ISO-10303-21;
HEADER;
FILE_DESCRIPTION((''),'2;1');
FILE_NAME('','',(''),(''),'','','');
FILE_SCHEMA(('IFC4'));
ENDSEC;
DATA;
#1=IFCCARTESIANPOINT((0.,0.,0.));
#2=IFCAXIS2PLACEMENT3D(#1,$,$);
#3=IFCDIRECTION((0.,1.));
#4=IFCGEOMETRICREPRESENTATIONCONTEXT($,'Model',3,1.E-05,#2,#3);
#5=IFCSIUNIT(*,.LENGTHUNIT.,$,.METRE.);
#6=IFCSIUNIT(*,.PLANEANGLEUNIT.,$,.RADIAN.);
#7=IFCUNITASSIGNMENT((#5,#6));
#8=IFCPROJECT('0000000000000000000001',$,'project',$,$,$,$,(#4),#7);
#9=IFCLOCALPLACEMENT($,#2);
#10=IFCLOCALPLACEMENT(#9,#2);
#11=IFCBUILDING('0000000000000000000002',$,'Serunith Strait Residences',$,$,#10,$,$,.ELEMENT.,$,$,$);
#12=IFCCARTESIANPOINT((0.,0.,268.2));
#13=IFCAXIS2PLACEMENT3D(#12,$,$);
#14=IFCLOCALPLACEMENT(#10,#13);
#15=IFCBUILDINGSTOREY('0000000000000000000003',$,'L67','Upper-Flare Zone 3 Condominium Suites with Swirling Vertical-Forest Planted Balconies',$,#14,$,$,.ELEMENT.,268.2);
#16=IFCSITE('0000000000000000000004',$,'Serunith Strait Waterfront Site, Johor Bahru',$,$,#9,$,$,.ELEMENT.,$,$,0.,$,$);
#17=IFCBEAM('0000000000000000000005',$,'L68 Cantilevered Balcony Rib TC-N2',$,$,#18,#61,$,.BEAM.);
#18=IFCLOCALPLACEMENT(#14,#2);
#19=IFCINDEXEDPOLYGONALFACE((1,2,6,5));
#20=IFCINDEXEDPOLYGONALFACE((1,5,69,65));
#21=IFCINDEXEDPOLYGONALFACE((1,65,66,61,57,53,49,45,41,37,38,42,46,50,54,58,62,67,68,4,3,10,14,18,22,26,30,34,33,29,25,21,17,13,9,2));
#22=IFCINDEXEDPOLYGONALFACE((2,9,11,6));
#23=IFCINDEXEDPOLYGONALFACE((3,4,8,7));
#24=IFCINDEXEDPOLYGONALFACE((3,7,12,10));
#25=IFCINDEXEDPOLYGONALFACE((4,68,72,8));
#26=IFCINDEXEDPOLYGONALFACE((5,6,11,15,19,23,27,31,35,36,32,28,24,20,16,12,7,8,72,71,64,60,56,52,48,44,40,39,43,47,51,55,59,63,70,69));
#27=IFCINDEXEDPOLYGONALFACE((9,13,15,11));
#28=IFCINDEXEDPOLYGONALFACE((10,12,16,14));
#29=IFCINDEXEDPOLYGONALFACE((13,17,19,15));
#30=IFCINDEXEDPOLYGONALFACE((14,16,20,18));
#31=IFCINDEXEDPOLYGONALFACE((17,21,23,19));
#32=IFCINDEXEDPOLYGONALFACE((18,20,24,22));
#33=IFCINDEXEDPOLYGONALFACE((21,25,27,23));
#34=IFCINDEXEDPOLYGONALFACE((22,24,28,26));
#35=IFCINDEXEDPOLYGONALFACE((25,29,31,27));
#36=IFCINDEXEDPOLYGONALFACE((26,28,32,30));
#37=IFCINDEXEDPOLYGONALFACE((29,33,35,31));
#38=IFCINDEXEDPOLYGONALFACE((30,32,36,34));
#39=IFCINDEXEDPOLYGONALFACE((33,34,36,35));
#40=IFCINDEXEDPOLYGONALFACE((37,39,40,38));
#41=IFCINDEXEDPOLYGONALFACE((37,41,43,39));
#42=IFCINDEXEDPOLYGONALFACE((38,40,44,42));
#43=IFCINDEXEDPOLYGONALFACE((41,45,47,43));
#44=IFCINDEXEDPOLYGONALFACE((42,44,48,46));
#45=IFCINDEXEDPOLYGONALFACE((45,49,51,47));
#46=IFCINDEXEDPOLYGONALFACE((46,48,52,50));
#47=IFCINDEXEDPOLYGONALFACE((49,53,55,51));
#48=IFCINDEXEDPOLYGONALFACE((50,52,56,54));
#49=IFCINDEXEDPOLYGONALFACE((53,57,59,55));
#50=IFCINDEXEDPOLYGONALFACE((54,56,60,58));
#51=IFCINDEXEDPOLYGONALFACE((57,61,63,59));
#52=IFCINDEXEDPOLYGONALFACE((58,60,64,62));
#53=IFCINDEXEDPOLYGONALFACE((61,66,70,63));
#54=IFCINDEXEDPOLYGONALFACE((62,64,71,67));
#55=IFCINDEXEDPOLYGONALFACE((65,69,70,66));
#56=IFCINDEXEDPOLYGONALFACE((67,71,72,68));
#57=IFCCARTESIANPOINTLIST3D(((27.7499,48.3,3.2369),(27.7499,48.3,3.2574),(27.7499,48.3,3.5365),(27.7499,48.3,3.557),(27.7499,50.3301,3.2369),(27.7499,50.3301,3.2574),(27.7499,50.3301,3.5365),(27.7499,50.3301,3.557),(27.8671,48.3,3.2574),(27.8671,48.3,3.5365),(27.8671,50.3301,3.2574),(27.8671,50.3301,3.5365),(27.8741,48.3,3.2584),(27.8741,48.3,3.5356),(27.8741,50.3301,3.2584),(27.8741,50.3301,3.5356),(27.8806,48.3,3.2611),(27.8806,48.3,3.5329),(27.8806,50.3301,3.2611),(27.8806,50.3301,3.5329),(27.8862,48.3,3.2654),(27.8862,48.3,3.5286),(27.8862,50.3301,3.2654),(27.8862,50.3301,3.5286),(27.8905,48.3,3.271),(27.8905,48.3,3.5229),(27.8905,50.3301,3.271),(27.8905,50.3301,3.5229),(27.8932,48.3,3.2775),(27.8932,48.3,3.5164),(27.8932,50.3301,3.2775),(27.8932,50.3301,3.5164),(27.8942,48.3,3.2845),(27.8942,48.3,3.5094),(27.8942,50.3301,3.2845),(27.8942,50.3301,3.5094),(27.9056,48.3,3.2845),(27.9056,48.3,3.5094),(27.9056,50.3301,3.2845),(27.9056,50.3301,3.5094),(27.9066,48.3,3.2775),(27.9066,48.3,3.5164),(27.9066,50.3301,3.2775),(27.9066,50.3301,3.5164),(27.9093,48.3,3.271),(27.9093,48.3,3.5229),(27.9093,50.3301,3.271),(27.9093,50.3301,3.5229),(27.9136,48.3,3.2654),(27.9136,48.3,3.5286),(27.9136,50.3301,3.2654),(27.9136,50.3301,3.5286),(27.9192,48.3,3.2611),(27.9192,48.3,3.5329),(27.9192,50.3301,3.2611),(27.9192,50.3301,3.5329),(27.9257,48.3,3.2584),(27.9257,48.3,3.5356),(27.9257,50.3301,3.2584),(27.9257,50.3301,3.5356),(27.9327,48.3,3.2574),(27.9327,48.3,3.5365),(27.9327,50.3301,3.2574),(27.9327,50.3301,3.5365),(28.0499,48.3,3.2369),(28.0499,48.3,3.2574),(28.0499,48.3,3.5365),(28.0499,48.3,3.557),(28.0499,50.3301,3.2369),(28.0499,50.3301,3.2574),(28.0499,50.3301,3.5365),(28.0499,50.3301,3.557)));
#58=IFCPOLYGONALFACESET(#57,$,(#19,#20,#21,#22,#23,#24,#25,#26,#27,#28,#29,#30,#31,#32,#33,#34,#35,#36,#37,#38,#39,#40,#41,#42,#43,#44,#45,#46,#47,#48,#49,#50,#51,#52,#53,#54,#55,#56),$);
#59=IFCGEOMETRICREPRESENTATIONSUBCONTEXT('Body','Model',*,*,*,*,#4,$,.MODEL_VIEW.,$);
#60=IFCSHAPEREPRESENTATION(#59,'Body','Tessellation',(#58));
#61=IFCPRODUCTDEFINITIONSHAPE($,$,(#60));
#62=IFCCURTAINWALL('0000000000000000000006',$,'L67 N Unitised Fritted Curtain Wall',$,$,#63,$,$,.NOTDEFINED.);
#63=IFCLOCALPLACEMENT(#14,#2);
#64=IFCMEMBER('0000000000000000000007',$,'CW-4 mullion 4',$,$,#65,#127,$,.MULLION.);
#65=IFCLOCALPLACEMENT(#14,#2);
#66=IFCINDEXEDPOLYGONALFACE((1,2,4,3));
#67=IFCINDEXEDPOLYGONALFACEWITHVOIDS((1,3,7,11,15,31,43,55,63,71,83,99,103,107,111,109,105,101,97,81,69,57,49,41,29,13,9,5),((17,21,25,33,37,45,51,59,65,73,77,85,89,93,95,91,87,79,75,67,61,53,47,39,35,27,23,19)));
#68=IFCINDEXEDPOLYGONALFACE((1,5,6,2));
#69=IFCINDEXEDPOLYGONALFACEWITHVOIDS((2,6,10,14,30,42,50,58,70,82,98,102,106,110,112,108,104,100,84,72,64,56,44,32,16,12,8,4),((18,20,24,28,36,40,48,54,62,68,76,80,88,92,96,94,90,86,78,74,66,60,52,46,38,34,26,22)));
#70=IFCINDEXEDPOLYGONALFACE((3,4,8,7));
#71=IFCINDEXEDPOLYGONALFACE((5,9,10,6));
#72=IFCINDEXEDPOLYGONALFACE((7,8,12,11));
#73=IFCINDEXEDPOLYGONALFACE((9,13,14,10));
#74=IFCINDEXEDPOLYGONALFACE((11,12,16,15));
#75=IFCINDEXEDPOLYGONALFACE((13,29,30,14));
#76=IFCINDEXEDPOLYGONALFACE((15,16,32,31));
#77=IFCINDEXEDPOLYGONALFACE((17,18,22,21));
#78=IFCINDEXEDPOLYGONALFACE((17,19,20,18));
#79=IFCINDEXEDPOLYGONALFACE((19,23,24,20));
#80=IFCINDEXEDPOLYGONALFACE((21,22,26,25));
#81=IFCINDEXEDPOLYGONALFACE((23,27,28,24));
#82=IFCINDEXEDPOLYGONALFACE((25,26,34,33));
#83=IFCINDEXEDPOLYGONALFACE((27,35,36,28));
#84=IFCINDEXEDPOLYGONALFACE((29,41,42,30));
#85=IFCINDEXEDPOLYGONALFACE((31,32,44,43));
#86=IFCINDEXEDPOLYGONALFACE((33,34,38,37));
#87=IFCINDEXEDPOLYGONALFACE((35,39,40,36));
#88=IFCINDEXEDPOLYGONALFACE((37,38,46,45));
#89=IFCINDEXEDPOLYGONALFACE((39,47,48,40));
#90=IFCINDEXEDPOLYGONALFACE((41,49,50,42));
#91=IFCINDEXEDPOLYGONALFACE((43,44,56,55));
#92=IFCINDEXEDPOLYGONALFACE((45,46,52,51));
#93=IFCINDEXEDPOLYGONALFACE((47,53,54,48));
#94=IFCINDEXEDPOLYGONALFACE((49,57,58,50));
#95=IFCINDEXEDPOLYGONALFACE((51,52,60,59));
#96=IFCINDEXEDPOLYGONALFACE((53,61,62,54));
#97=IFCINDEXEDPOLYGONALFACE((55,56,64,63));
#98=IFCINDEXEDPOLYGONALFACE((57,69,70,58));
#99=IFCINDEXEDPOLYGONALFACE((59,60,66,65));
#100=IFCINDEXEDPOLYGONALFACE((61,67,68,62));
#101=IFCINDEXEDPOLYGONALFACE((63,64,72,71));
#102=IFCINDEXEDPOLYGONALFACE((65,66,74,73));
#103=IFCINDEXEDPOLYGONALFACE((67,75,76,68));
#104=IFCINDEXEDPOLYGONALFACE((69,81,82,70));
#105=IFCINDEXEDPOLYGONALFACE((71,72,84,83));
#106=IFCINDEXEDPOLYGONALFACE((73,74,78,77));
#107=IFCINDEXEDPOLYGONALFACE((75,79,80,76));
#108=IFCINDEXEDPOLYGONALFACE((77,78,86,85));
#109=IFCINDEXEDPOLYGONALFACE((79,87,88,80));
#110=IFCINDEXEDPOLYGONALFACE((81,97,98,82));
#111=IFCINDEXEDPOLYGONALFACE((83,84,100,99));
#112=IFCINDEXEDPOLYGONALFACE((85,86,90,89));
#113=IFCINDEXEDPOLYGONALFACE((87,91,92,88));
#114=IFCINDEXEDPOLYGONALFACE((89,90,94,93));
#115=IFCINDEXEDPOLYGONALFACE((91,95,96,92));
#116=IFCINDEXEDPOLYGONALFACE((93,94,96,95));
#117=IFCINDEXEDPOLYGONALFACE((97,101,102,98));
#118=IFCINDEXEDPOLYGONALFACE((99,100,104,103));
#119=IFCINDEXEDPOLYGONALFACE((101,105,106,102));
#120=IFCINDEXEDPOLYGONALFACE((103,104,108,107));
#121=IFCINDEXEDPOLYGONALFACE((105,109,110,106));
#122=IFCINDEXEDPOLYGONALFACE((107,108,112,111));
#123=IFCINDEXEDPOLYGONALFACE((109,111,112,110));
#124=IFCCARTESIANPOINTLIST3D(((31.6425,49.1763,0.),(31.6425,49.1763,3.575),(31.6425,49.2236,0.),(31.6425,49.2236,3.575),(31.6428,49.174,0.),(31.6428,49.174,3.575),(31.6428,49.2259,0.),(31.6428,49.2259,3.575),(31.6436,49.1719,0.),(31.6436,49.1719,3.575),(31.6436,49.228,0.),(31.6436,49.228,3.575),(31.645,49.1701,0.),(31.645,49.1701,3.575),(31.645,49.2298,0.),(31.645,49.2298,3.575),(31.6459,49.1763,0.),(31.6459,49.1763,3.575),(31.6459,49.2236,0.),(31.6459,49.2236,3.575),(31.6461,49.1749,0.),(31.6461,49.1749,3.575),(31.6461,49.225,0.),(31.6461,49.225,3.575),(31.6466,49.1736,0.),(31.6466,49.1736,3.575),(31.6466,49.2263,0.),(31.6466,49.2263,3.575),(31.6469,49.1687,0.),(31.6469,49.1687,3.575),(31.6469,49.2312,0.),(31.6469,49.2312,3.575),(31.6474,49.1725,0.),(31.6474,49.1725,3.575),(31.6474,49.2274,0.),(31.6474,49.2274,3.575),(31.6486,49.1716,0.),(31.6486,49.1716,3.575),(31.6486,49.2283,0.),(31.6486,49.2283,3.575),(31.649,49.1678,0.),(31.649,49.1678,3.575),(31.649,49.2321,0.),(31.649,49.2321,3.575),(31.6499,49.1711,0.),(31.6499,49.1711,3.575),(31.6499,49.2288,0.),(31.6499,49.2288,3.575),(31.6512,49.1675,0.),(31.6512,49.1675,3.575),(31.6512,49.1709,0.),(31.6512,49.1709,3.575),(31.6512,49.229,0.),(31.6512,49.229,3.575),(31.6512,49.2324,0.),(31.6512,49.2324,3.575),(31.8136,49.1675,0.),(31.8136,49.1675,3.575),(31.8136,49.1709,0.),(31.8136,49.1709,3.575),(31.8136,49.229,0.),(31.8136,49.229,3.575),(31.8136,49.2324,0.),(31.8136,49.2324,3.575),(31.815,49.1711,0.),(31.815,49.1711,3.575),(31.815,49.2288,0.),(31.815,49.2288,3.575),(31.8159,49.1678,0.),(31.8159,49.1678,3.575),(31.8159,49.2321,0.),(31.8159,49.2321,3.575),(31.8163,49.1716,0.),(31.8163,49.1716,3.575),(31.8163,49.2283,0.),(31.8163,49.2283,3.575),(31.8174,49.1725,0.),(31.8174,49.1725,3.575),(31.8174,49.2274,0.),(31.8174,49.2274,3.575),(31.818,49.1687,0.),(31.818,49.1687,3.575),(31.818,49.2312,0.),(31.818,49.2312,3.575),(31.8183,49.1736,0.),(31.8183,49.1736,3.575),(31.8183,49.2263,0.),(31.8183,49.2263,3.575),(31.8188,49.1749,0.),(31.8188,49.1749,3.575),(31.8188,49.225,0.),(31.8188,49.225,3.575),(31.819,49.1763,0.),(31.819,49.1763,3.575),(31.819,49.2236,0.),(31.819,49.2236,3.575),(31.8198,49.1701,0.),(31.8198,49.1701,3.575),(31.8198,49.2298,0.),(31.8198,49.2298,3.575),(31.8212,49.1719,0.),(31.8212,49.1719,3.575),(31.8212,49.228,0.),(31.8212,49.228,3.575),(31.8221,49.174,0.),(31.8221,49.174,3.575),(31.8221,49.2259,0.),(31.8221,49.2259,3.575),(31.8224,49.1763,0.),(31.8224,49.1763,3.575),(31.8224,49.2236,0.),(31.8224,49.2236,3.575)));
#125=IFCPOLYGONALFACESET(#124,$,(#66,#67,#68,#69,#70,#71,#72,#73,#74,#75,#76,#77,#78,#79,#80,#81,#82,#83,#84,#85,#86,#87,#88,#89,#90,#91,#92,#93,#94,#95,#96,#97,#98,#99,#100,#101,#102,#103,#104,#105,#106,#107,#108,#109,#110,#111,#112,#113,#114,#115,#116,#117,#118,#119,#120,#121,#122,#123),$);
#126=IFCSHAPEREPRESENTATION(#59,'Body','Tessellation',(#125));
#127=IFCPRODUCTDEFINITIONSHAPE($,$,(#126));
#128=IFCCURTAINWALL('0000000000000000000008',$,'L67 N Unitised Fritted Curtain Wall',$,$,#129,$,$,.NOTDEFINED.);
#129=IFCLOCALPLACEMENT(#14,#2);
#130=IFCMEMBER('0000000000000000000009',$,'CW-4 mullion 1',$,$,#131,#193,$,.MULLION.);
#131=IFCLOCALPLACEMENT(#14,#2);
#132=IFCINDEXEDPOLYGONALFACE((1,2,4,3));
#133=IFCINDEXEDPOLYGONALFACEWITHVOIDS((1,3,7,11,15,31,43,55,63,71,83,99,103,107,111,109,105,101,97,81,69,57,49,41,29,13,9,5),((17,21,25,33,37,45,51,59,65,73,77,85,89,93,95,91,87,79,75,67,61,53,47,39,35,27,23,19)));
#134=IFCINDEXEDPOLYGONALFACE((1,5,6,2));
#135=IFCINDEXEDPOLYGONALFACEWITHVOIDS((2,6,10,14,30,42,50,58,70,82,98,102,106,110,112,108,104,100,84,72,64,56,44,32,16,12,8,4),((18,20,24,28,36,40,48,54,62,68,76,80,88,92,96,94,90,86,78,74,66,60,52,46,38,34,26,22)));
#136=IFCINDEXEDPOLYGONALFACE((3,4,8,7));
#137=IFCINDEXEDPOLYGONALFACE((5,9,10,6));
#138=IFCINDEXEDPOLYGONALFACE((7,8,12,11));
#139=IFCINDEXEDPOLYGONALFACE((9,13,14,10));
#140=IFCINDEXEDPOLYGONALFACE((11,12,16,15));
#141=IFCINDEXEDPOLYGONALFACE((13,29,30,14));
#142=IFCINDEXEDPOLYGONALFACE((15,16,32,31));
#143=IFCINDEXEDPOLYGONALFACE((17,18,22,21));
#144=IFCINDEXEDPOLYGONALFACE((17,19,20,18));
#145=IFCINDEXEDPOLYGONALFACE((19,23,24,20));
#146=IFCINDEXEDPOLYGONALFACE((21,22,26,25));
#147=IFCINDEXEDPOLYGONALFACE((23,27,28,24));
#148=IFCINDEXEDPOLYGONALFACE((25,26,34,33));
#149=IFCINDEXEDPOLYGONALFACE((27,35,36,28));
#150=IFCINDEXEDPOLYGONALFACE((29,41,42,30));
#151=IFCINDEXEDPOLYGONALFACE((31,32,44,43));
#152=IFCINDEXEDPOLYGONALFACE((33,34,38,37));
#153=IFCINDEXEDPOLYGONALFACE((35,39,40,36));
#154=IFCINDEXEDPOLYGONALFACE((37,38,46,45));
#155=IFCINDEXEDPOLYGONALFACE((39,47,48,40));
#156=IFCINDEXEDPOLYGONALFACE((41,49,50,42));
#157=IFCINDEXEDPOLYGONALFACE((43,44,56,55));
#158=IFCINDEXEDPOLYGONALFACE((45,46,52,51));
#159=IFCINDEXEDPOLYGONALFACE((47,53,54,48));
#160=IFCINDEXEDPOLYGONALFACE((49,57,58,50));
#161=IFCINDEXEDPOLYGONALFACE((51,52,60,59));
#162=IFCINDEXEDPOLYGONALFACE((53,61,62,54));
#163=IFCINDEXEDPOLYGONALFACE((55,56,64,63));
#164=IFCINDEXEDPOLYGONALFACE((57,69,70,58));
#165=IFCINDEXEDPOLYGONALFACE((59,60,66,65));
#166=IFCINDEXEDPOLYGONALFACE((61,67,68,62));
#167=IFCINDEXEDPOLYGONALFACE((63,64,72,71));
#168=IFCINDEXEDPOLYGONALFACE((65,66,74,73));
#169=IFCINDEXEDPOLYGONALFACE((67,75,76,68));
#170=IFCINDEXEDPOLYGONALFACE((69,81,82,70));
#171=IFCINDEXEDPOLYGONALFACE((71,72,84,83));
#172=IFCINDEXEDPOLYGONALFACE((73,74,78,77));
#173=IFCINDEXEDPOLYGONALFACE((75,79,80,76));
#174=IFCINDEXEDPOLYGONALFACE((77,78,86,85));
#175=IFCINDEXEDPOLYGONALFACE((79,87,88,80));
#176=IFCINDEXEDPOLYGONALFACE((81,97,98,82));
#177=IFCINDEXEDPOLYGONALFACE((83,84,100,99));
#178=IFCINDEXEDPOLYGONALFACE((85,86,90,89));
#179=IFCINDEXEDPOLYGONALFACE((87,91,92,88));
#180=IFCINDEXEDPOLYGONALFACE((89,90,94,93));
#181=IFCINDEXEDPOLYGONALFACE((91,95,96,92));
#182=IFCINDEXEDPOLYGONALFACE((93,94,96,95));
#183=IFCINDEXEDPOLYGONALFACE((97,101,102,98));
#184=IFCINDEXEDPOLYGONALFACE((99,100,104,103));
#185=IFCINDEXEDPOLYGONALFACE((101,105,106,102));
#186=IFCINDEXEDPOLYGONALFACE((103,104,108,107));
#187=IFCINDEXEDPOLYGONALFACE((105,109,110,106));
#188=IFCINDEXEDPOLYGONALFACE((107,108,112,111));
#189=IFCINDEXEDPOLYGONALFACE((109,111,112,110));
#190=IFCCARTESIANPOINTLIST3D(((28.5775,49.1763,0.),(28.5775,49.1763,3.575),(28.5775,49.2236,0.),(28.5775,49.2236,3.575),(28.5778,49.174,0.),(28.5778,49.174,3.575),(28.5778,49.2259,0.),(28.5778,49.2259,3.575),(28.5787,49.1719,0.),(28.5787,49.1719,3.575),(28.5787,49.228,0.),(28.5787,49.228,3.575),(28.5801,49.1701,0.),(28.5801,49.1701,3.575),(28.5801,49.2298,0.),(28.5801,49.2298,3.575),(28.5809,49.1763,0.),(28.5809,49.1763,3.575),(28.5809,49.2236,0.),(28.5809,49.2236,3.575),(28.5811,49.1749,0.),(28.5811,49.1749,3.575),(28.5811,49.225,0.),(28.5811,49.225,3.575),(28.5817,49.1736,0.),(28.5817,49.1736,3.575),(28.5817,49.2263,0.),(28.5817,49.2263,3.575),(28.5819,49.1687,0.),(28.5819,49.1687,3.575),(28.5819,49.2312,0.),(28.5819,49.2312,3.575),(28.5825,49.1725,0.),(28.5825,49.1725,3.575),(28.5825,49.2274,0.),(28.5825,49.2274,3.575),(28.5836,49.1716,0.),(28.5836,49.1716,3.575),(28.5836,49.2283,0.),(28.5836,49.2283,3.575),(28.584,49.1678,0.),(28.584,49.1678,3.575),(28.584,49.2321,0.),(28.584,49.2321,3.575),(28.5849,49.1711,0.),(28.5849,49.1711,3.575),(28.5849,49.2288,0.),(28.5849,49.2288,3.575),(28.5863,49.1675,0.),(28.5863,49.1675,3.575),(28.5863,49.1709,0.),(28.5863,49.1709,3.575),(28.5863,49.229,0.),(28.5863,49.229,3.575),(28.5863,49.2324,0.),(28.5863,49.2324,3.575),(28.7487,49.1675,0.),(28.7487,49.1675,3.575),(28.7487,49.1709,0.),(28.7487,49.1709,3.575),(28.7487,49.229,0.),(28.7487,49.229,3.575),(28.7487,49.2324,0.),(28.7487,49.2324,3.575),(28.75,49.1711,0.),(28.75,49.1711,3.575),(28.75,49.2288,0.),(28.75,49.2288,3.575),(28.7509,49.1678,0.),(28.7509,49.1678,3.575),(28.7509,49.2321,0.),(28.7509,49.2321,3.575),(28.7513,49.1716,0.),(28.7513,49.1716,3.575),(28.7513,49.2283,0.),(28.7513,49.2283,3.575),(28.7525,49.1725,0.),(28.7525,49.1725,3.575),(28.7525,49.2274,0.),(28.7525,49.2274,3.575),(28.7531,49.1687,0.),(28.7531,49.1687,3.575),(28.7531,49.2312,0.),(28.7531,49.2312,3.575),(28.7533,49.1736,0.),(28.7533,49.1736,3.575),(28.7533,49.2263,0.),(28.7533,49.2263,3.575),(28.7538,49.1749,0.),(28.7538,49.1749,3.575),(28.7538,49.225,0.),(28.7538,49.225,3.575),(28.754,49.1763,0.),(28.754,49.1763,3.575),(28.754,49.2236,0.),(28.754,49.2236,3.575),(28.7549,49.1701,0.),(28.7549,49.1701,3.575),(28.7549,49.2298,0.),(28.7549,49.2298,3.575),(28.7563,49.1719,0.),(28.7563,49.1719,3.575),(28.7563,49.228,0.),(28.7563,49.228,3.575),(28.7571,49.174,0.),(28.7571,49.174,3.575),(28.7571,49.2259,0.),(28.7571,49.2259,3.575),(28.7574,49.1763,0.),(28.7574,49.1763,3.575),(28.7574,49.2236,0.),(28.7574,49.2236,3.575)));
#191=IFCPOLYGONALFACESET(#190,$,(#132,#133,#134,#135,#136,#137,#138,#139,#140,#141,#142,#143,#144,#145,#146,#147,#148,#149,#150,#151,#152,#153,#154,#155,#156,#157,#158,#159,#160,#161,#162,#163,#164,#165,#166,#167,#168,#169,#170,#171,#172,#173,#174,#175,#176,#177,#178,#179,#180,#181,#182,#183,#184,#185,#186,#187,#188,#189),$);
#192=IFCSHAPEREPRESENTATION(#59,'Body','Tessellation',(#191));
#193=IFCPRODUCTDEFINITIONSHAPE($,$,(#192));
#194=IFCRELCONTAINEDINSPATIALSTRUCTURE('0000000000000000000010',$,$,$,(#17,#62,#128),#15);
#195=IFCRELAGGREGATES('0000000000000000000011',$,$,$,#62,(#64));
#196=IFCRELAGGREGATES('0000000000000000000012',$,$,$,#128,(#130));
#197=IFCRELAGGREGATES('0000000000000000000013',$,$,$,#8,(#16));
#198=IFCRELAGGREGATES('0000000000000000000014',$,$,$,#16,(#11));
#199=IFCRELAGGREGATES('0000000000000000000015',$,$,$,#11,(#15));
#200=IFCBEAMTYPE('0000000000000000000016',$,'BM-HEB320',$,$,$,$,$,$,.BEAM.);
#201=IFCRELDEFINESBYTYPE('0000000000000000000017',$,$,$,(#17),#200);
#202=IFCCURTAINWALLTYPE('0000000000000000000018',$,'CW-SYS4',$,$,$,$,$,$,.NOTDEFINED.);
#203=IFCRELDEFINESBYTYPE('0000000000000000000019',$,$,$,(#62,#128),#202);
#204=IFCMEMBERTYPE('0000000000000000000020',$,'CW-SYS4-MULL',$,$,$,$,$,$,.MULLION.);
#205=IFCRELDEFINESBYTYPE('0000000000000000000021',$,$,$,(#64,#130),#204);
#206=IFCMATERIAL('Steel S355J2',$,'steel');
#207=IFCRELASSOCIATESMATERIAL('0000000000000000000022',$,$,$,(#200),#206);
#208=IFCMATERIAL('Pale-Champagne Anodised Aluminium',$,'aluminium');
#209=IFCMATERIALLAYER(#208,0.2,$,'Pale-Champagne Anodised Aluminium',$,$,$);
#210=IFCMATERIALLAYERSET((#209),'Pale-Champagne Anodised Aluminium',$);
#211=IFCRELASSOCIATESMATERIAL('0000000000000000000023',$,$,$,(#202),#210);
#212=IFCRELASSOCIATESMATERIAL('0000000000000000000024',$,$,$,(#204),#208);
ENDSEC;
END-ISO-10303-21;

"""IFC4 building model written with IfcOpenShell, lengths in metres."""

from ifc_helpers import new_model, si_unit, direction, frame, origin, origin_2d, place, context, subcontext, project, spatial, hollow_rectangle, i_section, extrude, source, transform, mapped, material, layer, layer_set, material_profile, profile_set, type_object, element, aggregate, save


model = new_model("IFC4")

# Units and contexts
model_context = context("Model", 3, precision=1e-05, world=origin(), true_north=direction((0.0, 1.0)))
body_context = subcontext(model_context, "Body", "Model", "MODEL_VIEW")
ifc_project = project(units=[si_unit("LENGTHUNIT", "METRE"), si_unit("PLANEANGLEUNIT", "RADIAN")], contexts=[model_context])

# Site, building, storey
site_placement = place(None, origin())
site = spatial("IfcSite", under=ifc_project, at=site_placement, Name="Serunith Strait Waterfront Site, Johor Bahru", CompositionType="ELEMENT", RefElevation=0.0)
building_placement = place(site_placement, origin())
building = spatial("IfcBuilding", under=site, at=building_placement, Name="Serunith Strait Residences", CompositionType="ELEMENT")
storey_placement = place(building_placement, frame((0.0, 0.0, 268.2)))
storey = spatial("IfcBuildingStorey", under=building, at=storey_placement, Name="L67", Description="Upper-Flare Zone 3 Condominium Suites with Swirling Vertical-Forest Planted Balconies", CompositionType="ELEMENT", Elevation=268.2)

# Beam
ifc_material_1 = material(Name="Steel S355J2", Category="steel")
ifc_material_profile_1 = material_profile(ifc_material_1, i_section(OverallWidth=0.3, OverallDepth=0.3201, WebThickness=0.0115, FlangeThickness=0.0205, FilletRadius=0.0271, at=origin_2d()), Name="HEB 320")
ifc_profile_set_1 = profile_set([ifc_material_profile_1], Name="Steel S355J2")
beam_type_1 = type_object("IfcBeamType", Name="BM-HEB320", PredefinedType="BEAM", material=ifc_profile_set_1)
shared_shape_1 = source(origin(), body_context, "Body", "SweptSolid", [
    extrude(i_section(OverallWidth=0.3, OverallDepth=0.3201, WebThickness=0.0115, FlangeThickness=0.0205, FilletRadius=0.0271, at=origin_2d()), origin(), (0.0, 0.0, 1.0), 2.03),
])
beam_1_placement = place(storey_placement, frame((27.8999, 48.3, 3.397), z_axis=(0.0, 1.0, 0.0), x_axis=(-1.0, 0.0, 0.0)))
element("IfcBeam", 1, at=beam_1_placement, inside=storey, type_object=beam_type_1, Name="L68 Cantilevered Balcony Rib TC-N2", PredefinedType="BEAM", context=body_context, shape_type="MappedRepresentation", body=[
    mapped(shared_shape_1, transform((0.0, 0.0, 0.0), scale=1.0)),
])

# Curtain wall, member
ifc_material_2 = material(Name="Pale-Champagne Anodised Aluminium", Category="aluminium")
ifc_layer_1 = layer(ifc_material_2, 0.2, Name="Pale-Champagne Anodised Aluminium")
ifc_layer_set_1 = layer_set([ifc_layer_1], Name="Pale-Champagne Anodised Aluminium")
curtain_wall_type = type_object("IfcCurtainWallType", Name="CW-SYS4", PredefinedType="NOTDEFINED", material=ifc_layer_set_1)
curtain_wall_1_placement = place(storey_placement, origin())
curtain_wall_1 = element("IfcCurtainWall", 2, at=curtain_wall_1_placement, inside=storey, type_object=curtain_wall_type, Name="L67 N Unitised Fritted Curtain Wall", PredefinedType="NOTDEFINED")
ifc_material_profile_2 = material_profile(ifc_material_2, hollow_rectangle(XDim=0.0649, YDim=0.1799, WallThickness=0.0034, InnerFilletRadius=0.0054, OuterFilletRadius=0.0088, at=origin_2d()), Name="ALU 180x65x3.5")
ifc_profile_set_2 = profile_set([ifc_material_profile_2], Name="Pale-Champagne Anodised Aluminium")
member_type_1 = type_object("IfcMemberType", Name="CW-SYS4-MULL", PredefinedType="MULLION", material=ifc_profile_set_2)
shared_shape_2 = source(origin(), body_context, "Body", "SweptSolid", [
    extrude(hollow_rectangle(XDim=0.0649, YDim=0.1799, WallThickness=0.0034, InnerFilletRadius=0.0054, OuterFilletRadius=0.0088, at=origin_2d()), origin(), (0.0, 0.0, 1.0), 3.575),
])
member_1_placement = place(storey_placement, frame((31.7324, 49.2, 0.0), z_axis=(0.0, 0.0, 1.0), x_axis=(0.0, -1.0, 0.0)))
member_1 = element("IfcMember", 3, at=member_1_placement, type_object=member_type_1, Name="CW-4 mullion 4", PredefinedType="MULLION", context=body_context, shape_type="MappedRepresentation", body=[
    mapped(shared_shape_2, transform((0.0, 0.0, 0.0), scale=1.0)),
])
aggregate(curtain_wall_1, [member_1])

# Curtain wall, member
curtain_wall_2_placement = place(storey_placement, origin())
curtain_wall_2 = element("IfcCurtainWall", 4, at=curtain_wall_2_placement, inside=storey, type_object=curtain_wall_type, Name="L67 N Unitised Fritted Curtain Wall", PredefinedType="NOTDEFINED")
member_2_placement = place(storey_placement, frame((28.6675, 49.2, 0.0), z_axis=(0.0, 0.0, 1.0), x_axis=(0.0, -1.0, 0.0)))
member_2 = element("IfcMember", 5, at=member_2_placement, type_object=member_type_1, Name="CW-4 mullion 1", PredefinedType="MULLION", context=body_context, shape_type="MappedRepresentation", body=[
    mapped(shared_shape_2, transform((0.0, 0.0, 0.0), scale=1.0)),
])
aggregate(curtain_wall_2, [member_2])

save(model, "model.ifc")
